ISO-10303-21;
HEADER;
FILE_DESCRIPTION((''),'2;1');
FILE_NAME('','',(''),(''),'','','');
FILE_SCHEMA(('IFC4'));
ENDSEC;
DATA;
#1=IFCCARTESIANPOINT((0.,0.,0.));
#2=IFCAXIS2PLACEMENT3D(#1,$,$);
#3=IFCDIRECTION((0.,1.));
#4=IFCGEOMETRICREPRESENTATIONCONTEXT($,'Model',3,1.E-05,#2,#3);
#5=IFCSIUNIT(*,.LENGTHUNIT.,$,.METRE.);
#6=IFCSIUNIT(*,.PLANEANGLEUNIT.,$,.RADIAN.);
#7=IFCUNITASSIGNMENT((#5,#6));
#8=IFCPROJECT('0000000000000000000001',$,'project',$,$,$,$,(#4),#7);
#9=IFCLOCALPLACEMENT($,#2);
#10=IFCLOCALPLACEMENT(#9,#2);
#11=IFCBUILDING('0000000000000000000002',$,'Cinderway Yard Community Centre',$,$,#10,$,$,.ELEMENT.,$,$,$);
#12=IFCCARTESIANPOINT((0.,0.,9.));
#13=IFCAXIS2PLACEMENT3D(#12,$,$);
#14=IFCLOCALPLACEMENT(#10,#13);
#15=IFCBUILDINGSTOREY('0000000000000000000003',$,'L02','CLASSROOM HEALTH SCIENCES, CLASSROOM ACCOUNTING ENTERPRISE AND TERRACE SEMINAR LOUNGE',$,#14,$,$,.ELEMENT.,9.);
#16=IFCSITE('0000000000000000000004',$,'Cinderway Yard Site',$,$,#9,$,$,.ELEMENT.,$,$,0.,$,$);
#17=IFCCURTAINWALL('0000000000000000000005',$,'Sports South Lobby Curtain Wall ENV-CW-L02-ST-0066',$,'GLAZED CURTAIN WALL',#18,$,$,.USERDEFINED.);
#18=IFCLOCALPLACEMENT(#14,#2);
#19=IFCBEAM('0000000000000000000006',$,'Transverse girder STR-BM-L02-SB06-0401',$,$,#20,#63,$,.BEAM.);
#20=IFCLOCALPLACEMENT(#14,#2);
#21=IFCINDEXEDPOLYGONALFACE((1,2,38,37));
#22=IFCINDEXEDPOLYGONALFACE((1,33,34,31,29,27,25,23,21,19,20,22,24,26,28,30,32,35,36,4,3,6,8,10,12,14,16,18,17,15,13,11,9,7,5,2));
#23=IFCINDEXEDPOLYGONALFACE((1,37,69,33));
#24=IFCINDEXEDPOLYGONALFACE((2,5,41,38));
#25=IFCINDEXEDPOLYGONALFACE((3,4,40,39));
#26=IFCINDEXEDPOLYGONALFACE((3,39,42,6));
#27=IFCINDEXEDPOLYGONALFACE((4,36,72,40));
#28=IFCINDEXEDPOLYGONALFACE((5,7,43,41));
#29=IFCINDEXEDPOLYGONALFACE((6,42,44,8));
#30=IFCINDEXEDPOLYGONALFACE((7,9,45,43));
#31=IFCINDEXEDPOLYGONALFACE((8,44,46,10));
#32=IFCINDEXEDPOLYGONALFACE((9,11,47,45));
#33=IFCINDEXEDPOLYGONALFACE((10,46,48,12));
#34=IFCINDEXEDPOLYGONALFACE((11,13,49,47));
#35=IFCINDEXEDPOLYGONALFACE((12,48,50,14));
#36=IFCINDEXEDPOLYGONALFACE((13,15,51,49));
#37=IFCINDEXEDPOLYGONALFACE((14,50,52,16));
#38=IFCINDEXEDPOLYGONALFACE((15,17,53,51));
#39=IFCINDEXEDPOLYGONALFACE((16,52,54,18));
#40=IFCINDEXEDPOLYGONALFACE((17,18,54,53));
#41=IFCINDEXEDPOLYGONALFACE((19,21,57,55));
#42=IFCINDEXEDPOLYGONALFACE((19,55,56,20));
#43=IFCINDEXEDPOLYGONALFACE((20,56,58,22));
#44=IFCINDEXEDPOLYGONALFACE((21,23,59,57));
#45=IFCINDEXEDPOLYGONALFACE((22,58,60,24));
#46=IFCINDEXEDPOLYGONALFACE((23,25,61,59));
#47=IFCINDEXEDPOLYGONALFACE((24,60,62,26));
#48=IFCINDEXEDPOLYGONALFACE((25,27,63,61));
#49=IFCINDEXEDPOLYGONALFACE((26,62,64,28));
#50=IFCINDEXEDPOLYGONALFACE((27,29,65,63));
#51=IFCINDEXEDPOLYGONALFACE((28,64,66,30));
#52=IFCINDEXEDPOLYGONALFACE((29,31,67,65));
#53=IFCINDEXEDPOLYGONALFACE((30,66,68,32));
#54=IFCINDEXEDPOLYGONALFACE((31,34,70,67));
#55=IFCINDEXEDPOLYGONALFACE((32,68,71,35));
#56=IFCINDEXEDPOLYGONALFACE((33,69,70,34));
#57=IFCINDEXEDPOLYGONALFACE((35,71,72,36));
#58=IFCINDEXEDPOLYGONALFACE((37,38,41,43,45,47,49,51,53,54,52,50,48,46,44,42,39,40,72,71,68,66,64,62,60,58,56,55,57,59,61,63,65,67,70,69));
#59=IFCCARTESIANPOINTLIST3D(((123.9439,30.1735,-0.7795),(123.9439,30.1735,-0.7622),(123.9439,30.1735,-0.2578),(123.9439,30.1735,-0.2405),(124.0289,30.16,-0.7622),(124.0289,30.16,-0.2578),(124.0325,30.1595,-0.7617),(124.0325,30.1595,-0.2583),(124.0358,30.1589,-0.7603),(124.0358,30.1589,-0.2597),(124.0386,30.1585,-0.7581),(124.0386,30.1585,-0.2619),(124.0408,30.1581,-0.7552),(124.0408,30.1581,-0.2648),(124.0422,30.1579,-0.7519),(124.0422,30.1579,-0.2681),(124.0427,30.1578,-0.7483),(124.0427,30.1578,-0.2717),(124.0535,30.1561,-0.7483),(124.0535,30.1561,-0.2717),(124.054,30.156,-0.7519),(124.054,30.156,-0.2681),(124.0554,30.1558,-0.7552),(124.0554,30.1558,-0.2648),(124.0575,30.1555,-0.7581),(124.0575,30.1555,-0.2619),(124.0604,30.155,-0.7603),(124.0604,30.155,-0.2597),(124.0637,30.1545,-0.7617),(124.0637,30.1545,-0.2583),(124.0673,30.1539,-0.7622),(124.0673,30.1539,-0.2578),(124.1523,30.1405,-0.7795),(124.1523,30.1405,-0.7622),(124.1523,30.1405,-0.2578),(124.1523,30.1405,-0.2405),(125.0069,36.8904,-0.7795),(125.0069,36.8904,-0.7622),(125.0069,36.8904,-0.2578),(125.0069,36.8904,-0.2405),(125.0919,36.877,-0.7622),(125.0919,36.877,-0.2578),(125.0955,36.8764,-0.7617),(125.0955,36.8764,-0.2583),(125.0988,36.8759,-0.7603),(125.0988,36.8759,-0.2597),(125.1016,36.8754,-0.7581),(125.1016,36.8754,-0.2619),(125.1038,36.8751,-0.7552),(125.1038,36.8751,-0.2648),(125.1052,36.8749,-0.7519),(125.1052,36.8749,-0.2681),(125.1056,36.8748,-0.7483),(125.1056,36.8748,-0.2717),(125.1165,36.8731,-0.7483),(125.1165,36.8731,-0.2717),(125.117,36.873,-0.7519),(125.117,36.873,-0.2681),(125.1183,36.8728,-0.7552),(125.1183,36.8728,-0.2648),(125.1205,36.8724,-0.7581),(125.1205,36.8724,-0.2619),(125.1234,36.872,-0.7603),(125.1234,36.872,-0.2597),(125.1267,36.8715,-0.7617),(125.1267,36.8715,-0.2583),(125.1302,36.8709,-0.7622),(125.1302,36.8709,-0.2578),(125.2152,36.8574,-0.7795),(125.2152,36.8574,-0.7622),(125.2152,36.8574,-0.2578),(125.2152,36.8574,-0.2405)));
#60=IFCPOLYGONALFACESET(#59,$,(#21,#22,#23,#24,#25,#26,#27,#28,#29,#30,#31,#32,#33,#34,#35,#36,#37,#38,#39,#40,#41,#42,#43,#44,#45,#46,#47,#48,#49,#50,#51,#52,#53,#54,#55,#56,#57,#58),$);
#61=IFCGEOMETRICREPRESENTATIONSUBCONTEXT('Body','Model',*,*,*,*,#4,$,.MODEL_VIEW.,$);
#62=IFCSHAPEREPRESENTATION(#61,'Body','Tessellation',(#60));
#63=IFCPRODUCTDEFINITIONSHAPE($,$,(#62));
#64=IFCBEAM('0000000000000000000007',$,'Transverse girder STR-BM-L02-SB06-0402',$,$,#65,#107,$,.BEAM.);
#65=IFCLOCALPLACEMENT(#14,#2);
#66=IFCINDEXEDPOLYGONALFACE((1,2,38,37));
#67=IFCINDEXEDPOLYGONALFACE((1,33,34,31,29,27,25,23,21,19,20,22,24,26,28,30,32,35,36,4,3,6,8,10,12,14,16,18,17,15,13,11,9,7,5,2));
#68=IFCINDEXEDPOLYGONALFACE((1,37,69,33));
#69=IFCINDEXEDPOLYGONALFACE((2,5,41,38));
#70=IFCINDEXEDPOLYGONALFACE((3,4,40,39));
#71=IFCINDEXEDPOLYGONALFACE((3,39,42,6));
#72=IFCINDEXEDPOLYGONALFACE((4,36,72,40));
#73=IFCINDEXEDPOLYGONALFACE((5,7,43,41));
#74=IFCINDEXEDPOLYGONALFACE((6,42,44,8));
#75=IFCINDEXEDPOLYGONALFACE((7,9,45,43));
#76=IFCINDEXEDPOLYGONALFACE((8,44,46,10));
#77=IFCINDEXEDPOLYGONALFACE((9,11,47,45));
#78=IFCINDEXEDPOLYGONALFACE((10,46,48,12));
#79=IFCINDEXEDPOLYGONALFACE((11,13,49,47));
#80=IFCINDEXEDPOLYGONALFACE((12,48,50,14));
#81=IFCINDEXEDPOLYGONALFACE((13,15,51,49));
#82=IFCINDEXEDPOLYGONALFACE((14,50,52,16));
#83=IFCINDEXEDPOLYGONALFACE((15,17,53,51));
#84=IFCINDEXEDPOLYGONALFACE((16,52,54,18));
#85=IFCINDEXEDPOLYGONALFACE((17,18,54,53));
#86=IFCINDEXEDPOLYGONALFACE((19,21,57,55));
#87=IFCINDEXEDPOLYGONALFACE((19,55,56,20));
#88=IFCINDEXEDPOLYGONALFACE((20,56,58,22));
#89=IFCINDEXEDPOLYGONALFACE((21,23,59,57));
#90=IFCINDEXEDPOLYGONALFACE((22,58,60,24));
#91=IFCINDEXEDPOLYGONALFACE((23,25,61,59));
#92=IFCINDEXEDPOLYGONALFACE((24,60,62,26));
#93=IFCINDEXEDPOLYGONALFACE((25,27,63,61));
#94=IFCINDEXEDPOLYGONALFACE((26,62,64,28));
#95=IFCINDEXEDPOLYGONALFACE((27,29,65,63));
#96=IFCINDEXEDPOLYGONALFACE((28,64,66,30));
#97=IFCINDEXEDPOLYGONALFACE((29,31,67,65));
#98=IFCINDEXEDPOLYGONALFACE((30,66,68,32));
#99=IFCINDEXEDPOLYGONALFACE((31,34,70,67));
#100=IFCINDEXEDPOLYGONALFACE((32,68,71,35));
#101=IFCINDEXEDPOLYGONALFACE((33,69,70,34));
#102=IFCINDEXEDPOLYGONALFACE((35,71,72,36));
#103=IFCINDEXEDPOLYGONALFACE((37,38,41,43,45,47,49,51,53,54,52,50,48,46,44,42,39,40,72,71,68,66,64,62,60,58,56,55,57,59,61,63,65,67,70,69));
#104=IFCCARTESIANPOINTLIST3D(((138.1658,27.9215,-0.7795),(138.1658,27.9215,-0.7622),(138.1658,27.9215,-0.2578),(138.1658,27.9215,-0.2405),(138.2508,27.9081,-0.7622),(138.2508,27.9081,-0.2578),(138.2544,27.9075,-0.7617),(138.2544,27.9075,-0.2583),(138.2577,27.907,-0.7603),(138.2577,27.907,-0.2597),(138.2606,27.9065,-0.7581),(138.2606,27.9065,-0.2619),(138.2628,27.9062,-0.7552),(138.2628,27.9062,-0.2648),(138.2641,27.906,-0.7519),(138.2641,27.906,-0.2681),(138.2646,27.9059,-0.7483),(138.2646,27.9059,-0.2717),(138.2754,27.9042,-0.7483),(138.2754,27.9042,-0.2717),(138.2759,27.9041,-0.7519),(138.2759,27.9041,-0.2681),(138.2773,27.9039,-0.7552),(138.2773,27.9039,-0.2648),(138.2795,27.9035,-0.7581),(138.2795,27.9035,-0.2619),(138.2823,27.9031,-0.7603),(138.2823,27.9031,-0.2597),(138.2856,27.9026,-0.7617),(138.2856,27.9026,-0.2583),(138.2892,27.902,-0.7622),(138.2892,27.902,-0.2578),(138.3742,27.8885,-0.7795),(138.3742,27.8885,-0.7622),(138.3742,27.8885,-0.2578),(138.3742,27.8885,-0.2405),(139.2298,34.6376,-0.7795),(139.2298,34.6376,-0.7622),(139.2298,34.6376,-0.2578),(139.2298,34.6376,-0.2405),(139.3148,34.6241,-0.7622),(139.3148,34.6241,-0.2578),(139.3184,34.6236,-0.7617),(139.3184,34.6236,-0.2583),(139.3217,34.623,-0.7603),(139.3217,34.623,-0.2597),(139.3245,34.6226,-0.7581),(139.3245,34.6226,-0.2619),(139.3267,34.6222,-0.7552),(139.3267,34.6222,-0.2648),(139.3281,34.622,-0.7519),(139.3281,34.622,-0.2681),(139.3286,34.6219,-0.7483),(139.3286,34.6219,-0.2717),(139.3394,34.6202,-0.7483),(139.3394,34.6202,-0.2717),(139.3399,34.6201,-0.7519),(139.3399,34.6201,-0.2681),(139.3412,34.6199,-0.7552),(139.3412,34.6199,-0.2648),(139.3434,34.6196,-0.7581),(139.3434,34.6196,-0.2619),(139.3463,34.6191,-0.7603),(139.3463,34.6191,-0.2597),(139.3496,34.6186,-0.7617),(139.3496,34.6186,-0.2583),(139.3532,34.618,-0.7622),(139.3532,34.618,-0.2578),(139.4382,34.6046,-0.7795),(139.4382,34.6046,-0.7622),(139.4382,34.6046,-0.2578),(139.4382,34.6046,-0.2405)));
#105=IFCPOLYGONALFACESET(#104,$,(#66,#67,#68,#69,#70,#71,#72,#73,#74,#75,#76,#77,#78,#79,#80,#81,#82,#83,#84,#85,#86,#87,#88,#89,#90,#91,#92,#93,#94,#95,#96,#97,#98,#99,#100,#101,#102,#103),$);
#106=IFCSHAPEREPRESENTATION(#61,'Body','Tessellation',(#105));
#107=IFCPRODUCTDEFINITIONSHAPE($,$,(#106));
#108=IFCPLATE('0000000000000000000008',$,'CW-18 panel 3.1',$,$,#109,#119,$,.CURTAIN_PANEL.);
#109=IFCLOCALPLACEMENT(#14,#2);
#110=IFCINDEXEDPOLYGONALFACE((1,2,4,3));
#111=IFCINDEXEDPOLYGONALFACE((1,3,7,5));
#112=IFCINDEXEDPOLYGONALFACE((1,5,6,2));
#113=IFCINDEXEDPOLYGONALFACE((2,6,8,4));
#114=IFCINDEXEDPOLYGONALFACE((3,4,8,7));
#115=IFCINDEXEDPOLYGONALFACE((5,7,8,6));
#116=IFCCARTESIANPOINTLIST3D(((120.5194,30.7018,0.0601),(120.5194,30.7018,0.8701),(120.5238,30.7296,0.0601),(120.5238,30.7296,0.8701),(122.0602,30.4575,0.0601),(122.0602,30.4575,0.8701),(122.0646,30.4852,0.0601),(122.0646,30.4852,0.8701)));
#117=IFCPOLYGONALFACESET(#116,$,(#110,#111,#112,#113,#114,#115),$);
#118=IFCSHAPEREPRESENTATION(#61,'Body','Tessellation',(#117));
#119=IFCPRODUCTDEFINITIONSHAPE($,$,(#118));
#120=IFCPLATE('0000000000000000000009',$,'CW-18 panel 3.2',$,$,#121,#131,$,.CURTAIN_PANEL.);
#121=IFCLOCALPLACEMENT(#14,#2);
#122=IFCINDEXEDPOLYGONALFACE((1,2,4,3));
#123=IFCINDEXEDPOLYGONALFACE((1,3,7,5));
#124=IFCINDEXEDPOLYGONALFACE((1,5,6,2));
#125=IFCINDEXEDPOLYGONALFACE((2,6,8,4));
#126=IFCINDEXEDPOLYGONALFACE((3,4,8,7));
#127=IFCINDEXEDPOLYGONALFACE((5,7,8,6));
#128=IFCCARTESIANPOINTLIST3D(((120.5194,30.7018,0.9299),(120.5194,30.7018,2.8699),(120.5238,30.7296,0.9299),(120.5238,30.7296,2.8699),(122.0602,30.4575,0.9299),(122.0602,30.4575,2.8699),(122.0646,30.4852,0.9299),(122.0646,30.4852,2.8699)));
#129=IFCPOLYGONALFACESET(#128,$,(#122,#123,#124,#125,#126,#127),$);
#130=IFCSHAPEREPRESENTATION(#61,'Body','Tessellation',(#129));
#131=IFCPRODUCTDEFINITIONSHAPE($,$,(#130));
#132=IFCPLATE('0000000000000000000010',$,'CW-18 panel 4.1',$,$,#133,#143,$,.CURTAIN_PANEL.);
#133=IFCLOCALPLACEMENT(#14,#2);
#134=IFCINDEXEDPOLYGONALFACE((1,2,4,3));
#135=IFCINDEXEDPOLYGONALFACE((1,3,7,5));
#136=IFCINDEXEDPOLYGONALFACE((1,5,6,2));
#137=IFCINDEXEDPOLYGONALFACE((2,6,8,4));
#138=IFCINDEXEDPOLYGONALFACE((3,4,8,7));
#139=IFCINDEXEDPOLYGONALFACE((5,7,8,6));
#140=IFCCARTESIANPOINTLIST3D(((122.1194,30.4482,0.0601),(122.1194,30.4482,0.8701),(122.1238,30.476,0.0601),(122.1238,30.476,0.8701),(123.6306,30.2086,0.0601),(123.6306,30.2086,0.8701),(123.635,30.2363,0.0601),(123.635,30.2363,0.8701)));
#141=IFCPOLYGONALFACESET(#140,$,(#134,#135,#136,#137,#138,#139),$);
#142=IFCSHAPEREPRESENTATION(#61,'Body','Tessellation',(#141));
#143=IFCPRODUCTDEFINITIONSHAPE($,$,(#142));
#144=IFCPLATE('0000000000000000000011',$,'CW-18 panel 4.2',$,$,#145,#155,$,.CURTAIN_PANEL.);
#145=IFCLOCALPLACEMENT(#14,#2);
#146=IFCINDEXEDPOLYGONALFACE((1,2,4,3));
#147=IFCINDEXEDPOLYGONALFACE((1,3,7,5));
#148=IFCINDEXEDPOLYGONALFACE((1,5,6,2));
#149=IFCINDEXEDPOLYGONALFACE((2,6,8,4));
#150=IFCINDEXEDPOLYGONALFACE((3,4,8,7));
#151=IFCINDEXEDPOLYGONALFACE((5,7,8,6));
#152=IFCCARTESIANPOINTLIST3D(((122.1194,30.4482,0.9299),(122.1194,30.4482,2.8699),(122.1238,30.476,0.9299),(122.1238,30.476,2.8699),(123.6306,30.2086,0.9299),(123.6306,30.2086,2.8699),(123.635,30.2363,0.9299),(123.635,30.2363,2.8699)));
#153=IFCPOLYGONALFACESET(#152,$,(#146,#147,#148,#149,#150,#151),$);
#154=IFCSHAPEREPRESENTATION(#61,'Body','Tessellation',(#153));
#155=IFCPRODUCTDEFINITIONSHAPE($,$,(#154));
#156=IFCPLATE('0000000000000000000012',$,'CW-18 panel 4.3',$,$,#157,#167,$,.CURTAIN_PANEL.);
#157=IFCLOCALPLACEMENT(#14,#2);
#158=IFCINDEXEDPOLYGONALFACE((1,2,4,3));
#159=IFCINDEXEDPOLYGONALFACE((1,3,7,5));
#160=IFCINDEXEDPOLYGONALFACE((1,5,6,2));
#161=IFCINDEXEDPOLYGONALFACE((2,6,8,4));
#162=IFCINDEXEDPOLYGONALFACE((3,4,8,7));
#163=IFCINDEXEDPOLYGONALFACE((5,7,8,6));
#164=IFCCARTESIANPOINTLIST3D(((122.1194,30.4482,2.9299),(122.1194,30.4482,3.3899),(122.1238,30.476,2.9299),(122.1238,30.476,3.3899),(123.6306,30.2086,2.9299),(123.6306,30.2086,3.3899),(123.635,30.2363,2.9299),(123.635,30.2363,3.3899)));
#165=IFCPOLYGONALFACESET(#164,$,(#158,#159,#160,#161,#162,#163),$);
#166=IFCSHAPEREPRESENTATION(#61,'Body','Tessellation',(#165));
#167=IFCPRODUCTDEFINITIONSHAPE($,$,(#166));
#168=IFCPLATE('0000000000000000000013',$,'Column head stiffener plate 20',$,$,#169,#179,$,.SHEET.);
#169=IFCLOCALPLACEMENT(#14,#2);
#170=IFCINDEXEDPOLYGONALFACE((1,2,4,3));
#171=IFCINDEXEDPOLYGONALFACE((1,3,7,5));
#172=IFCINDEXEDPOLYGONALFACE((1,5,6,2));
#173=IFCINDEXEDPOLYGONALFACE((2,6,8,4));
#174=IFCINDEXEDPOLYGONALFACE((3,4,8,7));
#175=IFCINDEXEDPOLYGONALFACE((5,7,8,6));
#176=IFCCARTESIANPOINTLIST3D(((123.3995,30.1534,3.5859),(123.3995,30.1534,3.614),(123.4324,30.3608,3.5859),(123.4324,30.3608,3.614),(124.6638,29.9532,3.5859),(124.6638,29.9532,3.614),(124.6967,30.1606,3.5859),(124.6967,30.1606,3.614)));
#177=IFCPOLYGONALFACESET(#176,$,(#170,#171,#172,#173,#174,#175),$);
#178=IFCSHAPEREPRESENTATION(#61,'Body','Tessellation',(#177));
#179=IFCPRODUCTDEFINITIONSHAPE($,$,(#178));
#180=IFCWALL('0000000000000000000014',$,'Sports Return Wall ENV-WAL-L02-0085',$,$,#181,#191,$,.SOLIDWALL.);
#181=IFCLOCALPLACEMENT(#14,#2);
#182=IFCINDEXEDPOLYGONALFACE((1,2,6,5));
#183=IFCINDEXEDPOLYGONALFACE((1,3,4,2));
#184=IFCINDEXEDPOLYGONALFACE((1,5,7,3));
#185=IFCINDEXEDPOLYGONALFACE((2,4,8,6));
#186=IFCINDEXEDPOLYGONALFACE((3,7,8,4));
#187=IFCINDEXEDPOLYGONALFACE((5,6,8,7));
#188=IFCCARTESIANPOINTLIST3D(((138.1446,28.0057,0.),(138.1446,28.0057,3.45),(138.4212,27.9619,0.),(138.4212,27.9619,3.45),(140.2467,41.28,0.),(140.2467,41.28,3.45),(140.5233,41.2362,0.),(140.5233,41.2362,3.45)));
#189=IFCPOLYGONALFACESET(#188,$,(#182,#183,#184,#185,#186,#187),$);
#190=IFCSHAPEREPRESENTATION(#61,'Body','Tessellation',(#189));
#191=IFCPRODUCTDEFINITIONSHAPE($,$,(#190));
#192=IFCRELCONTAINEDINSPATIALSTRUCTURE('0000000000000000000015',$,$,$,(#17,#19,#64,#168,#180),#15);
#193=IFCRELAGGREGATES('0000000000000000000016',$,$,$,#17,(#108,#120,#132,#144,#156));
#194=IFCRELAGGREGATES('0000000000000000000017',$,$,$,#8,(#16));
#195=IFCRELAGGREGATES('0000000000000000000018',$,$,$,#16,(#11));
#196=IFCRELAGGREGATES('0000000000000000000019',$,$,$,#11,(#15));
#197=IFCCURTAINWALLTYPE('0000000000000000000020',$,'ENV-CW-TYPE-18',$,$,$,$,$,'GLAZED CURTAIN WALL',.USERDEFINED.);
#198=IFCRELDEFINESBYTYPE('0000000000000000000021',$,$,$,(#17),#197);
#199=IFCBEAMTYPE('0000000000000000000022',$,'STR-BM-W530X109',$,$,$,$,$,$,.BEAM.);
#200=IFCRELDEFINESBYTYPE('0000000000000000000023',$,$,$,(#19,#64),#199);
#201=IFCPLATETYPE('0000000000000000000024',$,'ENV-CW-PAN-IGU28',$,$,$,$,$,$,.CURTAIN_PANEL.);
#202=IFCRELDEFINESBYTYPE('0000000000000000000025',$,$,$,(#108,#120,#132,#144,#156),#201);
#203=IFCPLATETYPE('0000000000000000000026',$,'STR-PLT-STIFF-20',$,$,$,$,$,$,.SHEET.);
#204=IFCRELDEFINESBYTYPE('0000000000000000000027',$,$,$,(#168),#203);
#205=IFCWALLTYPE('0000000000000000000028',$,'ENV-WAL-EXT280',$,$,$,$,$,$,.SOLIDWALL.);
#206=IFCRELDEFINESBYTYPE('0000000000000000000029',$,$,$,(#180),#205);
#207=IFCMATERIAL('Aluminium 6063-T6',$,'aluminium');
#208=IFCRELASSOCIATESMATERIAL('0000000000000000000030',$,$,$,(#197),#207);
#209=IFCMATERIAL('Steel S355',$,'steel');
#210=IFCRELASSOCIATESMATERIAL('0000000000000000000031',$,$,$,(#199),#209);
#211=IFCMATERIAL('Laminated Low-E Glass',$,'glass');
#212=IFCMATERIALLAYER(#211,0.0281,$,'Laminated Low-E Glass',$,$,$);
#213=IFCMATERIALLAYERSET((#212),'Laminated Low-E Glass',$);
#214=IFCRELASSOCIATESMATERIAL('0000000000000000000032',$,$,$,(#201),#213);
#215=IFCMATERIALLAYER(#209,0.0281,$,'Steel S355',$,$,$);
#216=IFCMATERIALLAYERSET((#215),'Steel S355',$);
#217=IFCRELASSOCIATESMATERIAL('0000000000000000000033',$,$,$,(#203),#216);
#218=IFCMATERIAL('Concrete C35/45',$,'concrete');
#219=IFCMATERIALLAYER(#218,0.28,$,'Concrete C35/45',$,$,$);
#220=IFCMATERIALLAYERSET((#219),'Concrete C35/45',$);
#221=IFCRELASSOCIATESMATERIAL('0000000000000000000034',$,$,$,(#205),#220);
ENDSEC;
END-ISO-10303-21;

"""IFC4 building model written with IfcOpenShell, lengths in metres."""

from ifc_helpers import new_model, si_unit, direction, frame, frame_2d, origin, origin_2d, place, context, subcontext, project, spatial, rectangle, i_section, extrude, material, layer, layer_set, material_profile, profile_set, type_object, element, aggregate, save


model = new_model("IFC4")

# Units and contexts
model_context = context("Model", 3, precision=1e-05, world=origin(), true_north=direction((0.0, 1.0)))
body_context = subcontext(model_context, "Body", "Model", "MODEL_VIEW")
ifc_project = project(units=[si_unit("LENGTHUNIT", "METRE"), si_unit("PLANEANGLEUNIT", "RADIAN")], contexts=[model_context])

# Site, building, storey
site_placement = place(None, origin())
site = spatial("IfcSite", under=ifc_project, at=site_placement, Name="Cinderway Yard Site", CompositionType="ELEMENT", RefElevation=0.0)
building_placement = place(site_placement, origin())
building = spatial("IfcBuilding", under=site, at=building_placement, Name="Cinderway Yard Community Centre", CompositionType="ELEMENT")
storey_placement = place(building_placement, frame((0.0, 0.0, 9.0)))
storey = spatial("IfcBuildingStorey", under=building, at=storey_placement, Name="L02", Description="CLASSROOM HEALTH SCIENCES, CLASSROOM ACCOUNTING ENTERPRISE AND TERRACE SEMINAR LOUNGE", CompositionType="ELEMENT", Elevation=9.0)

# Curtain wall
ifc_material_1 = material(Name="Aluminium 6063-T6", Category="aluminium")
curtain_wall_type = type_object("IfcCurtainWallType", Name="ENV-CW-TYPE-18", ElementType="GLAZED CURTAIN WALL", PredefinedType="USERDEFINED", material=ifc_material_1)
curtain_wall_placement = place(storey_placement, origin())
curtain_wall = element("IfcCurtainWall", 1, at=curtain_wall_placement, inside=storey, type_object=curtain_wall_type, Name="Sports South Lobby Curtain Wall ENV-CW-L02-ST-0066", ObjectType="GLAZED CURTAIN WALL", PredefinedType="USERDEFINED")

# Beams
ifc_material_2 = material(Name="Steel S355", Category="steel")
ifc_material_profile_1 = material_profile(ifc_material_2, i_section(OverallWidth=0.2109, OverallDepth=0.5391, WebThickness=0.011, FlangeThickness=0.0173, FilletRadius=0.0139, at=origin_2d()), Name="Steel S355")
ifc_profile_set_1 = profile_set([ifc_material_profile_1], Name="Steel S355")
beam_type_1 = type_object("IfcBeamType", Name="STR-BM-W530X109", PredefinedType="BEAM", material=ifc_profile_set_1)
beam_1_placement = place(storey_placement, frame((124.0481, 30.157, -0.51), z_axis=(0.156307, 0.987708, 0.0), x_axis=(-0.987708, 0.156307, 0.0)))
element("IfcBeam", 2, at=beam_1_placement, inside=storey, type_object=beam_type_1, Name="Transverse girder STR-BM-L02-SB06-0401", PredefinedType="BEAM", context=body_context, shape_type="SweptSolid", body=[
    extrude(i_section(OverallWidth=0.2109, OverallDepth=0.5391, WebThickness=0.011, FlangeThickness=0.0173, FilletRadius=0.0139, at=origin_2d()), origin(), (0.0, 0.0, 1.0), 6.8005),
])
beam_2_placement = place(storey_placement, frame((138.27, 27.905, -0.51), z_axis=(0.15647, 0.987683, 0.0), x_axis=(-0.987683, 0.15647, 0.0)))
element("IfcBeam", 3, at=beam_2_placement, inside=storey, type_object=beam_type_1, Name="Transverse girder STR-BM-L02-SB06-0402", PredefinedType="BEAM", context=body_context, shape_type="SweptSolid", body=[
    extrude(i_section(OverallWidth=0.2109, OverallDepth=0.5391, WebThickness=0.011, FlangeThickness=0.0173, FilletRadius=0.0139, at=origin_2d()), origin(), (0.0, 0.0, 1.0), 6.7998),
])

# Plates
ifc_material_3 = material(Name="Laminated Low-E Glass", Category="glass")
ifc_layer_1 = layer(ifc_material_3, 0.0281, Name="Laminated Low-E Glass")
ifc_layer_set_1 = layer_set([ifc_layer_1], Name="Laminated Low-E Glass")
plate_type_1 = type_object("IfcPlateType", Name="ENV-CW-PAN-IGU28", PredefinedType="CURTAIN_PANEL", material=ifc_layer_set_1)
plate_1_placement = place(storey_placement, frame((121.292, 30.5935, 0.0601), z_axis=(0.0, 0.0, 1.0), x_axis=(0.987656, -0.156636, 0.0)))
plate_1 = element("IfcPlate", 4, at=plate_1_placement, type_object=plate_type_1, Name="CW-18 panel 3.1", PredefinedType="CURTAIN_PANEL", context=body_context, shape_type="SweptSolid", body=[
    extrude(rectangle(XDim=1.5601, YDim=0.0281, at=origin_2d()), origin(), (0.0, 0.0, 1.0), 0.8101),
])
plate_2_placement = place(storey_placement, frame((121.292, 30.5935, 0.9299), z_axis=(0.0, 0.0, 1.0), x_axis=(0.987656, -0.156636, 0.0)))
plate_2 = element("IfcPlate", 5, at=plate_2_placement, type_object=plate_type_1, Name="CW-18 panel 3.2", PredefinedType="CURTAIN_PANEL", context=body_context, shape_type="SweptSolid", body=[
    extrude(rectangle(XDim=1.5601, YDim=0.0281, at=origin_2d()), origin(), (0.0, 0.0, 1.0), 1.9399),
])
plate_3_placement = place(storey_placement, frame((122.8772, 30.3423, 0.0601), z_axis=(0.0, 0.0, 1.0), x_axis=(0.987656, -0.156636, 0.0)))
plate_3 = element("IfcPlate", 6, at=plate_3_placement, type_object=plate_type_1, Name="CW-18 panel 4.1", PredefinedType="CURTAIN_PANEL", context=body_context, shape_type="SweptSolid", body=[
    extrude(rectangle(XDim=1.53, YDim=0.0281, at=origin_2d()), origin(), (0.0, 0.0, 1.0), 0.8101),
])
plate_4_placement = place(storey_placement, frame((122.8772, 30.3423, 0.9299), z_axis=(0.0, 0.0, 1.0), x_axis=(0.987656, -0.156636, 0.0)))
plate_4 = element("IfcPlate", 7, at=plate_4_placement, type_object=plate_type_1, Name="CW-18 panel 4.2", PredefinedType="CURTAIN_PANEL", context=body_context, shape_type="SweptSolid", body=[
    extrude(rectangle(XDim=1.53, YDim=0.0281, at=origin_2d()), origin(), (0.0, 0.0, 1.0), 1.9399),
])
plate_5_placement = place(storey_placement, frame((122.8772, 30.3423, 2.9299), z_axis=(0.0, 0.0, 1.0), x_axis=(0.987656, -0.156636, 0.0)))
plate_5 = element("IfcPlate", 8, at=plate_5_placement, type_object=plate_type_1, Name="CW-18 panel 4.3", PredefinedType="CURTAIN_PANEL", context=body_context, shape_type="SweptSolid", body=[
    extrude(rectangle(XDim=1.53, YDim=0.0281, at=origin_2d()), origin(), (0.0, 0.0, 1.0), 0.46),
])
aggregate(curtain_wall, [plate_1, plate_2, plate_3, plate_4, plate_5])
ifc_layer_2 = layer(ifc_material_2, 0.0281, Name="Steel S355")
ifc_layer_set_2 = layer_set([ifc_layer_2], Name="Steel S355")
plate_type_2 = type_object("IfcPlateType", Name="STR-PLT-STIFF-20", PredefinedType="SHEET", material=ifc_layer_set_2)
plate_6_placement = place(storey_placement, frame((124.0481, 30.157, 3.5859), z_axis=(0.0, 0.0, 1.0), x_axis=(0.987688, -0.156434, 0.0)))
element("IfcPlate", 9, at=plate_6_placement, inside=storey, type_object=plate_type_2, Name="Column head stiffener plate 20", PredefinedType="SHEET", context=body_context, shape_type="SweptSolid", body=[
    extrude(rectangle(XDim=1.28, YDim=0.21, at=origin_2d()), origin(), (0.0, 0.0, 1.0), 0.0281),
])

# Wall
ifc_material_4 = material(Name="Concrete C35/45", Category="concrete")
ifc_layer_3 = layer(ifc_material_4, 0.28, Name="Concrete C35/45")
ifc_layer_set_3 = layer_set([ifc_layer_3], Name="Concrete C35/45")
wall_type_1 = type_object("IfcWallType", Name="ENV-WAL-EXT280", PredefinedType="SOLIDWALL", material=ifc_layer_set_3)
wall_1_placement = place(storey_placement, frame((138.283, 27.9839, 0.0), z_axis=(0.0, 0.0, 1.0), x_axis=(0.156408, 0.987693, 0.0)))
element("IfcWall", 10, at=wall_1_placement, inside=storey, type_object=wall_type_1, Name="Sports Return Wall ENV-WAL-L02-0085", PredefinedType="SOLIDWALL", context=body_context, shape_type="SweptSolid", body=[
    extrude(rectangle(XDim=13.4397, YDim=0.28, at=frame_2d((6.7197, 0.0))), origin(), (0.0, 0.0, 1.0), 3.45),
])

save(model, "model.ifc")
